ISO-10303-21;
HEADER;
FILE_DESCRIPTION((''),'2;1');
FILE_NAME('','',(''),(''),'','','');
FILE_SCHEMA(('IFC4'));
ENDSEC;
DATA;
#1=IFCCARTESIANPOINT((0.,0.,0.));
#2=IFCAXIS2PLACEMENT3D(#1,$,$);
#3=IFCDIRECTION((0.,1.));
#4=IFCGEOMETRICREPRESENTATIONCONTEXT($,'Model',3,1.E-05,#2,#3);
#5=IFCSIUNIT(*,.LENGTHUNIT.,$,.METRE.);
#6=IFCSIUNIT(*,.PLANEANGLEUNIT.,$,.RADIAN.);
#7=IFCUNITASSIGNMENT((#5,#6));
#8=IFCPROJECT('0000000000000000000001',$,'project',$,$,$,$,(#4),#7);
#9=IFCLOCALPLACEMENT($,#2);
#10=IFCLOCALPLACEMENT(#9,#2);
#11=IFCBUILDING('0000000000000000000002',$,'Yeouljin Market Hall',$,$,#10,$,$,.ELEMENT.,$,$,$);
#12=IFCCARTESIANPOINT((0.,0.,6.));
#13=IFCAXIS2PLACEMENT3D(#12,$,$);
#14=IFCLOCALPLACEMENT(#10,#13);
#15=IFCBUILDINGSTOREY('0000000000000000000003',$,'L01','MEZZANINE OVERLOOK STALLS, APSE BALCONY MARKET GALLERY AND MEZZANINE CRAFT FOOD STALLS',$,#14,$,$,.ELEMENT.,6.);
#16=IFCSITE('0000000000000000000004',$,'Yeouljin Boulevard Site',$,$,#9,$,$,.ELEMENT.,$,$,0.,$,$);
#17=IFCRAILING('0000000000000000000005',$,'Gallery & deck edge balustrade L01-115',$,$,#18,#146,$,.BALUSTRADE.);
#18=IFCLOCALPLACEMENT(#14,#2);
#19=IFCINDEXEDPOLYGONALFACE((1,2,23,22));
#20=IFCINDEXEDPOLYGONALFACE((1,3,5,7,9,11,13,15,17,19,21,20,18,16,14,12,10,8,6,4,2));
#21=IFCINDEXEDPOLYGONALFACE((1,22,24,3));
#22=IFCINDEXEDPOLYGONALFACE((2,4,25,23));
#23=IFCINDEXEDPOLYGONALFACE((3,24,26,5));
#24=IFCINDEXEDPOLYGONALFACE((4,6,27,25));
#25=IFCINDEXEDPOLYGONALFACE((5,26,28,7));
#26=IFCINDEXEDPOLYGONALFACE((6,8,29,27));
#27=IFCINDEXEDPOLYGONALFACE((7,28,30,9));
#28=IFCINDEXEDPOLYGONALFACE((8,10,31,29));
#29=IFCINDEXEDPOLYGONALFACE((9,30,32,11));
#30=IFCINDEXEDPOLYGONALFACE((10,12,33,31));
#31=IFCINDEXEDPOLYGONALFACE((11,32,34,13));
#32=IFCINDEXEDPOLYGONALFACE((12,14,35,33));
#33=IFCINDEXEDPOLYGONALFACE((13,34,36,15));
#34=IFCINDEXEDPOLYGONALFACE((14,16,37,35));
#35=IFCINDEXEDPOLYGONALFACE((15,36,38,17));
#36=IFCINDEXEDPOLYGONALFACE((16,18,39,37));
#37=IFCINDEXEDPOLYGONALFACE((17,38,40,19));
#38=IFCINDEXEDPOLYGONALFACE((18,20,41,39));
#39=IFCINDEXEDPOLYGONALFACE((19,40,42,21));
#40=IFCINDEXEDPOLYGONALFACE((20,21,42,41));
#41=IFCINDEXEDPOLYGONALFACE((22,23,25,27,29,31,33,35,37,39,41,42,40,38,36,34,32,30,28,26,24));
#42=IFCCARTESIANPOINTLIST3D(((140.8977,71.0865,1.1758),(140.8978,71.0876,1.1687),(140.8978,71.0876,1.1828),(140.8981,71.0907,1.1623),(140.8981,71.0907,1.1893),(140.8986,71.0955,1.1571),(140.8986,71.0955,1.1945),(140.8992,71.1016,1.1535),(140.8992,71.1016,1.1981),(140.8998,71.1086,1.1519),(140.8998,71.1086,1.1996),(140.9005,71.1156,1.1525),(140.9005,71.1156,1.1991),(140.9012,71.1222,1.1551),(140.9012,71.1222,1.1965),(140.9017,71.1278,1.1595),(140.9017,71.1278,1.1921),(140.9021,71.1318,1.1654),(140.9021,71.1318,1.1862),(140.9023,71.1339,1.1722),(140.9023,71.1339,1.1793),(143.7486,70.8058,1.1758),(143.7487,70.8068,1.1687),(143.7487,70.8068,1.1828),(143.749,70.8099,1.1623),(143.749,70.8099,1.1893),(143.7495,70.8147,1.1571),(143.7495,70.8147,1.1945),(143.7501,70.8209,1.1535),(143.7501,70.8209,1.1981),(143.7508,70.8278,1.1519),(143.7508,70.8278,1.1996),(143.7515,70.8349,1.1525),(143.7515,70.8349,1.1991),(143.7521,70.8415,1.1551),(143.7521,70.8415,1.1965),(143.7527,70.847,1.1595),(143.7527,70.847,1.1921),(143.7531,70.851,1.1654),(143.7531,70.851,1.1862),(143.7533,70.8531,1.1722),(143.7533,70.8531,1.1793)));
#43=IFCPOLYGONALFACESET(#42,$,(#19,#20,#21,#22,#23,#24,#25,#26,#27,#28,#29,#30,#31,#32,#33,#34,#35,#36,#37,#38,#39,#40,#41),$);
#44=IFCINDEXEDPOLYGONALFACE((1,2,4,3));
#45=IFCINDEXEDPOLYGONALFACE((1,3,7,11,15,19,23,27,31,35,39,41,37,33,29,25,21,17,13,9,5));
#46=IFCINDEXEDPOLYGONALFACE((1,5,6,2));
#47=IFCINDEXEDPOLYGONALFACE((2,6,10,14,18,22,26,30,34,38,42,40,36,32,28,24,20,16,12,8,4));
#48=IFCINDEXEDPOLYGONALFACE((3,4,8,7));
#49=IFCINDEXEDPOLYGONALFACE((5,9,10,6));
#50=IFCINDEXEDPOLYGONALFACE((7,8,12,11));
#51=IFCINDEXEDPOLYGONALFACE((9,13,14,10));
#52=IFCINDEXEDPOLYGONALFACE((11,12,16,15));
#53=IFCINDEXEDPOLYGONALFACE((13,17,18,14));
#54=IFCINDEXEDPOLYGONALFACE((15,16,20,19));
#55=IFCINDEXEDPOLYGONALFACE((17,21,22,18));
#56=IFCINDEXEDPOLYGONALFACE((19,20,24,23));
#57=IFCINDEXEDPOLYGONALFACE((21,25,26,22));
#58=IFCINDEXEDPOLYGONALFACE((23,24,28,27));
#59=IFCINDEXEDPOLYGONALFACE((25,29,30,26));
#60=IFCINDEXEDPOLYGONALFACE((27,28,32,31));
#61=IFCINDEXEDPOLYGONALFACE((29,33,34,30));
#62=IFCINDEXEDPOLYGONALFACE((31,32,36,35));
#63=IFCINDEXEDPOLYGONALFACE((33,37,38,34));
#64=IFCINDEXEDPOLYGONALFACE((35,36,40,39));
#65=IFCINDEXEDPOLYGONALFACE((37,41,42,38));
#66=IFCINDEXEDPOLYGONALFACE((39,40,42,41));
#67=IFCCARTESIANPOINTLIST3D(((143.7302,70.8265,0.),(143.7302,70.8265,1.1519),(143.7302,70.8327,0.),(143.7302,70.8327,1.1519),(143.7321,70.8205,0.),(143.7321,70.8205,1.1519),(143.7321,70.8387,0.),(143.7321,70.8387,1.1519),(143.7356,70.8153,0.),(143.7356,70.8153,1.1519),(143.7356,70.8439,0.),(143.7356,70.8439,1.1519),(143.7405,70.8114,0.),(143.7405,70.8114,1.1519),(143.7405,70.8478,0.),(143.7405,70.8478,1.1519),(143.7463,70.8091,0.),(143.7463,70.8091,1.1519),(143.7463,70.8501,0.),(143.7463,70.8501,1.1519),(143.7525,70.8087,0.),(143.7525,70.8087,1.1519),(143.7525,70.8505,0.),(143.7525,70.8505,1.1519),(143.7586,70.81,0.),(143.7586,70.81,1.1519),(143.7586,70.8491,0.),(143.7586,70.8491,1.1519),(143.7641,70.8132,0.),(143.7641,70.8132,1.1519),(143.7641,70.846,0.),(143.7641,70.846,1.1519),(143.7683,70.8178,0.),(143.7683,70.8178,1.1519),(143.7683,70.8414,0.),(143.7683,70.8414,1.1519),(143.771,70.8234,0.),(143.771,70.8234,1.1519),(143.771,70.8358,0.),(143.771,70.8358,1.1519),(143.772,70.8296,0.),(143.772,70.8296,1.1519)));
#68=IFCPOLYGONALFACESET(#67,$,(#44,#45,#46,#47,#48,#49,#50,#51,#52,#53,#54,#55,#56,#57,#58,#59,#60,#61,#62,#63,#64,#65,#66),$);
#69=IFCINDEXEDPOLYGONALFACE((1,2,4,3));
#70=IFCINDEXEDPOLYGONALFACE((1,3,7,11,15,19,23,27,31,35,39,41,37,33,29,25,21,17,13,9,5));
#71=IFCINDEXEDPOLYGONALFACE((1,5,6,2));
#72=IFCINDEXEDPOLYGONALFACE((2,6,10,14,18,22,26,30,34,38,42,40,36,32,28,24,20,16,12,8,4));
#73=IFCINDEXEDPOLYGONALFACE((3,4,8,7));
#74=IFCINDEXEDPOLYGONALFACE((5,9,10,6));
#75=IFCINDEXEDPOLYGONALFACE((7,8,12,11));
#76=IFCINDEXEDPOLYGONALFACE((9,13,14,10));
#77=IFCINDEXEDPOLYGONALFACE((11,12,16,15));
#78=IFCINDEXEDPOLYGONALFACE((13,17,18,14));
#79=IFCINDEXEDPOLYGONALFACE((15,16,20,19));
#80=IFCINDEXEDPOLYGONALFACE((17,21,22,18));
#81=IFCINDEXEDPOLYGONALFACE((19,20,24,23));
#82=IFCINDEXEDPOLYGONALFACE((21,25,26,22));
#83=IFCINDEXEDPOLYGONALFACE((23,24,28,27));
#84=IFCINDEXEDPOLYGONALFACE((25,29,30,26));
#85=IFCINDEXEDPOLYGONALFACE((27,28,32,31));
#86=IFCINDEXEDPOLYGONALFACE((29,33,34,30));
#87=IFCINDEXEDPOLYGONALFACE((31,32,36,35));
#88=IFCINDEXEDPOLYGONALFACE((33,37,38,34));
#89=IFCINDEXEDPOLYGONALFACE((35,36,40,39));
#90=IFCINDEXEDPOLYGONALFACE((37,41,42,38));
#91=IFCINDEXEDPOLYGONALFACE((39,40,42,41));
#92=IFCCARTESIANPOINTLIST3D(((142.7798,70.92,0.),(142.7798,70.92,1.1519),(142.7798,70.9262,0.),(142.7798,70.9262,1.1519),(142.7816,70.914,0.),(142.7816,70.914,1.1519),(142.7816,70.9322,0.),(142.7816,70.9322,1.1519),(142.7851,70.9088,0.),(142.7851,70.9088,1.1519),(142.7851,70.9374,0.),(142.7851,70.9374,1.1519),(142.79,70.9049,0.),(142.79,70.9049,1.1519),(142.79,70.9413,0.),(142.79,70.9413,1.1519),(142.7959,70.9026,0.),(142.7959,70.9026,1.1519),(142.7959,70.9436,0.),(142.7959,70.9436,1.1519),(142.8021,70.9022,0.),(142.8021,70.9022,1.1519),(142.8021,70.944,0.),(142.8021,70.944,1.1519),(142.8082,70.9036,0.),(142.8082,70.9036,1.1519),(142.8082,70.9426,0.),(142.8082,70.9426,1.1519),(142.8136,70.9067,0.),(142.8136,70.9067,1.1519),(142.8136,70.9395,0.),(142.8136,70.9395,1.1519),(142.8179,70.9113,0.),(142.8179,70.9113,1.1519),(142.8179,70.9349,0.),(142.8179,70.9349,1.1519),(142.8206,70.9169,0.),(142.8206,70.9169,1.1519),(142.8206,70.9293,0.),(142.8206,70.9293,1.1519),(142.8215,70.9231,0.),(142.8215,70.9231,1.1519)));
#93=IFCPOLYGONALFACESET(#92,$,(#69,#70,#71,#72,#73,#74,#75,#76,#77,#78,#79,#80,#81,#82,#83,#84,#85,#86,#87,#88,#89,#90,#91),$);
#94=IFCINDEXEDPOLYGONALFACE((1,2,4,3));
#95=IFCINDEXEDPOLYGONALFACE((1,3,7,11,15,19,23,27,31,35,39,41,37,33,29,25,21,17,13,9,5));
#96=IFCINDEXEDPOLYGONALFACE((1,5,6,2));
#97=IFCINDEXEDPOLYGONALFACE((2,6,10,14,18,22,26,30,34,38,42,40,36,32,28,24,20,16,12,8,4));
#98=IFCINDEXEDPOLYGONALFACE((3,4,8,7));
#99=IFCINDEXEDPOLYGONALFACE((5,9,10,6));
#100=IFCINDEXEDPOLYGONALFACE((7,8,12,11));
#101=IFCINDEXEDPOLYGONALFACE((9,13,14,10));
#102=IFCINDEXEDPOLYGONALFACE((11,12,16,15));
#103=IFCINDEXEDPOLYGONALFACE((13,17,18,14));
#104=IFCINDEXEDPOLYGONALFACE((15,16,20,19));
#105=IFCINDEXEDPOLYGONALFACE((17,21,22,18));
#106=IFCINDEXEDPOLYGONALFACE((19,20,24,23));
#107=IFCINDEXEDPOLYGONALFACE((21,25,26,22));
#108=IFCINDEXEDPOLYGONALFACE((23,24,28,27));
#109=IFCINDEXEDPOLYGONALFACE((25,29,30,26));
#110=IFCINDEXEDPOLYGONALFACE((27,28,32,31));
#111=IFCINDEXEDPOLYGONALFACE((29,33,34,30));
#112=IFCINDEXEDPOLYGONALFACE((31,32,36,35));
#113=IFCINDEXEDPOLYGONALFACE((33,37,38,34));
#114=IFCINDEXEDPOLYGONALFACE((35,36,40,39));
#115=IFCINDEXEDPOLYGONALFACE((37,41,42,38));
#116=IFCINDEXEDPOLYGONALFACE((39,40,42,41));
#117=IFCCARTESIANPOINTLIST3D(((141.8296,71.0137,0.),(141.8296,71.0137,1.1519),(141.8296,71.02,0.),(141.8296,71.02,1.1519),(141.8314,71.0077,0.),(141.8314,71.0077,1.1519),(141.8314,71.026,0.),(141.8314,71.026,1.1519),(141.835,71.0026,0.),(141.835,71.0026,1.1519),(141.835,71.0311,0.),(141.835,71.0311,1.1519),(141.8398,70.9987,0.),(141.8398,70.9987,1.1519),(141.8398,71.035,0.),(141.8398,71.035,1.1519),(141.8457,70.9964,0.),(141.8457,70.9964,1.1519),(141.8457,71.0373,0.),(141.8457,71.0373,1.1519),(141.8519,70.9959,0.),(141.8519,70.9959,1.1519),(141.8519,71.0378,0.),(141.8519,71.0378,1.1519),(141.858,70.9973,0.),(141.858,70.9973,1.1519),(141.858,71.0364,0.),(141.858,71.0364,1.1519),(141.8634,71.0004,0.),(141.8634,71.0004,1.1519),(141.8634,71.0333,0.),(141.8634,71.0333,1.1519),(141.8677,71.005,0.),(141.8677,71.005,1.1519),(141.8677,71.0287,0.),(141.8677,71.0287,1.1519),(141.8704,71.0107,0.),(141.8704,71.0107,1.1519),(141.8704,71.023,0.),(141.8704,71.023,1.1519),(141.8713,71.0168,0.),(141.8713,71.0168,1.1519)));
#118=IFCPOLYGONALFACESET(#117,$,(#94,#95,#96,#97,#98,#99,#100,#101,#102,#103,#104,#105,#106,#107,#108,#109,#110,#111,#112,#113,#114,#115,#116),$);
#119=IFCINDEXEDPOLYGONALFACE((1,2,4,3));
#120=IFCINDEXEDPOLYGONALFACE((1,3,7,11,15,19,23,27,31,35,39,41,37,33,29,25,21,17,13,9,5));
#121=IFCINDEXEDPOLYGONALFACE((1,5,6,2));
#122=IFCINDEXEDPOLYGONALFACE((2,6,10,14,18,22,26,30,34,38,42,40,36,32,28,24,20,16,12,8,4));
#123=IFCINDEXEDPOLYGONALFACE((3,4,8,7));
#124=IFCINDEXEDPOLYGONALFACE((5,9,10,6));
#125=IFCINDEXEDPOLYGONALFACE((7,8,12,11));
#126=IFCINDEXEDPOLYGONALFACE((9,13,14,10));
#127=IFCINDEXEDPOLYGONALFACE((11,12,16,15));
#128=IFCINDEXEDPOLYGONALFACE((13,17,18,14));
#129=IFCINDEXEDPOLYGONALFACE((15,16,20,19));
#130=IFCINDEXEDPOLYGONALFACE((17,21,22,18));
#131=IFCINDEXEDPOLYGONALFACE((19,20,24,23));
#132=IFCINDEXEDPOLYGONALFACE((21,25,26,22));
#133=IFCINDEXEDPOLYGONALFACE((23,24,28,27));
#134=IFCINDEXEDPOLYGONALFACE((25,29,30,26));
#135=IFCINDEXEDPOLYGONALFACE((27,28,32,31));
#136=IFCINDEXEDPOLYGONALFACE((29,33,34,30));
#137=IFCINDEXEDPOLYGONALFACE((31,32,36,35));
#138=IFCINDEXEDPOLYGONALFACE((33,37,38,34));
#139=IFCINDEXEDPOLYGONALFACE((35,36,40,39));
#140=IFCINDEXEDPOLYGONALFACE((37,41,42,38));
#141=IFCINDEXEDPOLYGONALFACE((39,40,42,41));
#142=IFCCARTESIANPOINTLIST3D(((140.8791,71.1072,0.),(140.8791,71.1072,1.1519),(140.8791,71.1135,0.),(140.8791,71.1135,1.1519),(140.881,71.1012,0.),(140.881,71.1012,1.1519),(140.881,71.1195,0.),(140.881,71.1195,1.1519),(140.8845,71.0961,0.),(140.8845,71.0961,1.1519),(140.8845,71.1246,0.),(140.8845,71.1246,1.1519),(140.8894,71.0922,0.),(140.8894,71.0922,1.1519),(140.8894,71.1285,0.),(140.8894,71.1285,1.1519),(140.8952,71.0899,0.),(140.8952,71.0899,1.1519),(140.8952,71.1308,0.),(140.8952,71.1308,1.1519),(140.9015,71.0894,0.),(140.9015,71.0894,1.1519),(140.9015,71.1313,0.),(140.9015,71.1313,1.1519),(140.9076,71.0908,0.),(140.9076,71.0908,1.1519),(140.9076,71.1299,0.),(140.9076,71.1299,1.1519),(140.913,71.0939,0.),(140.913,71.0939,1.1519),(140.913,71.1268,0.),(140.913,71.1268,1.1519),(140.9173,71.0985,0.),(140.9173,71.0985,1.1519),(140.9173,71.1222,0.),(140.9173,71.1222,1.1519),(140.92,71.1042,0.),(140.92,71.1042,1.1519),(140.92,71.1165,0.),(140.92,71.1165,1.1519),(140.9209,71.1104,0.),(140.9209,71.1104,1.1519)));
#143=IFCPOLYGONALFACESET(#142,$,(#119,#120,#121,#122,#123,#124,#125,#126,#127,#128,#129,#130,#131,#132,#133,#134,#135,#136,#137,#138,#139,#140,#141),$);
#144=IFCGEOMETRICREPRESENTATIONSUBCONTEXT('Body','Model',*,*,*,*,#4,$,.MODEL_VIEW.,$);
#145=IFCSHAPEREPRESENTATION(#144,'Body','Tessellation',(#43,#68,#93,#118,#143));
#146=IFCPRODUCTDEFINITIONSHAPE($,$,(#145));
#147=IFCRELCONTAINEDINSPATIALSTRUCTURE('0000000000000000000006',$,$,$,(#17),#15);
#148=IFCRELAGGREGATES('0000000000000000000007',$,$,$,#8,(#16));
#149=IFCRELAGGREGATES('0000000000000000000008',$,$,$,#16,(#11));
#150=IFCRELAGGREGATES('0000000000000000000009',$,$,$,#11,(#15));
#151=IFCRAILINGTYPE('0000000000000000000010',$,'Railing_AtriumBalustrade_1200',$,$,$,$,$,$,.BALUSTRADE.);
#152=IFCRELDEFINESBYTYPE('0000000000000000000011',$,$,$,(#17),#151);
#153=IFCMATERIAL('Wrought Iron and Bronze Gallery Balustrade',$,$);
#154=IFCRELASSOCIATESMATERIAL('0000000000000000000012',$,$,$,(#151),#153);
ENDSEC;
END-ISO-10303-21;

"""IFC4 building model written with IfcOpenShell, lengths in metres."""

from ifc_helpers import new_model, si_unit, direction, frame, origin, origin_2d, place, context, subcontext, project, spatial, circle, extrude, material, type_object, element, save


model = new_model("IFC4")

# Units and contexts
model_context = context("Model", 3, precision=1e-05, world=origin(), true_north=direction((0.0, 1.0)))
body_context = subcontext(model_context, "Body", "Model", "MODEL_VIEW")
ifc_project = project(units=[si_unit("LENGTHUNIT", "METRE"), si_unit("PLANEANGLEUNIT", "RADIAN")], contexts=[model_context])

# Site, building, storey
site_placement = place(None, origin())
site = spatial("IfcSite", under=ifc_project, at=site_placement, Name="Yeouljin Boulevard Site", CompositionType="ELEMENT", RefElevation=0.0)
building_placement = place(site_placement, origin())
building = spatial("IfcBuilding", under=site, at=building_placement, Name="Yeouljin Market Hall", CompositionType="ELEMENT")
storey_placement = place(building_placement, frame((0.0, 0.0, 6.0)))
storey = spatial("IfcBuildingStorey", under=building, at=storey_placement, Name="L01", Description="MEZZANINE OVERLOOK STALLS, APSE BALCONY MARKET GALLERY AND MEZZANINE CRAFT FOOD STALLS", CompositionType="ELEMENT", Elevation=6.0)

# Railing
ifc_material_1 = material(Name="Wrought Iron and Bronze Gallery Balustrade")
railing_type = type_object("IfcRailingType", Name="Railing_AtriumBalustrade_1200", PredefinedType="BALUSTRADE", material=ifc_material_1)
railing_1_placement = place(storey_placement, frame((143.751, 70.8296, 0.0)))
element("IfcRailing", 1, at=railing_1_placement, inside=storey, type_object=railing_type, Name="Gallery & deck edge balustrade L01-115", PredefinedType="BALUSTRADE", context=body_context, shape_type="SweptSolid", body=[
    extrude(circle(Radius=0.0239, at=origin_2d()), frame((0.0, 0.0, 1.1758), z_axis=(-0.995186, 0.098002, 0.0), x_axis=(-0.098002, -0.995186, 0.0)), (0.0, 0.0, 1.0), 2.8647),
    extrude(circle(Radius=0.021, at=origin_2d()), origin(), (0.0, 0.0, 1.0), 1.1519),
    extrude(circle(Radius=0.021, at=origin_2d()), frame((-0.9504, 0.0935, 0.0)), (0.0, 0.0, 1.0), 1.1519),
    extrude(circle(Radius=0.021, at=origin_2d()), frame((-1.9006, 0.1873, 0.0)), (0.0, 0.0, 1.0), 1.1519),
    extrude(circle(Radius=0.021, at=origin_2d()), frame((-2.8511, 0.2808, 0.0)), (0.0, 0.0, 1.0), 1.1519),
])

save(model, "model.ifc")
